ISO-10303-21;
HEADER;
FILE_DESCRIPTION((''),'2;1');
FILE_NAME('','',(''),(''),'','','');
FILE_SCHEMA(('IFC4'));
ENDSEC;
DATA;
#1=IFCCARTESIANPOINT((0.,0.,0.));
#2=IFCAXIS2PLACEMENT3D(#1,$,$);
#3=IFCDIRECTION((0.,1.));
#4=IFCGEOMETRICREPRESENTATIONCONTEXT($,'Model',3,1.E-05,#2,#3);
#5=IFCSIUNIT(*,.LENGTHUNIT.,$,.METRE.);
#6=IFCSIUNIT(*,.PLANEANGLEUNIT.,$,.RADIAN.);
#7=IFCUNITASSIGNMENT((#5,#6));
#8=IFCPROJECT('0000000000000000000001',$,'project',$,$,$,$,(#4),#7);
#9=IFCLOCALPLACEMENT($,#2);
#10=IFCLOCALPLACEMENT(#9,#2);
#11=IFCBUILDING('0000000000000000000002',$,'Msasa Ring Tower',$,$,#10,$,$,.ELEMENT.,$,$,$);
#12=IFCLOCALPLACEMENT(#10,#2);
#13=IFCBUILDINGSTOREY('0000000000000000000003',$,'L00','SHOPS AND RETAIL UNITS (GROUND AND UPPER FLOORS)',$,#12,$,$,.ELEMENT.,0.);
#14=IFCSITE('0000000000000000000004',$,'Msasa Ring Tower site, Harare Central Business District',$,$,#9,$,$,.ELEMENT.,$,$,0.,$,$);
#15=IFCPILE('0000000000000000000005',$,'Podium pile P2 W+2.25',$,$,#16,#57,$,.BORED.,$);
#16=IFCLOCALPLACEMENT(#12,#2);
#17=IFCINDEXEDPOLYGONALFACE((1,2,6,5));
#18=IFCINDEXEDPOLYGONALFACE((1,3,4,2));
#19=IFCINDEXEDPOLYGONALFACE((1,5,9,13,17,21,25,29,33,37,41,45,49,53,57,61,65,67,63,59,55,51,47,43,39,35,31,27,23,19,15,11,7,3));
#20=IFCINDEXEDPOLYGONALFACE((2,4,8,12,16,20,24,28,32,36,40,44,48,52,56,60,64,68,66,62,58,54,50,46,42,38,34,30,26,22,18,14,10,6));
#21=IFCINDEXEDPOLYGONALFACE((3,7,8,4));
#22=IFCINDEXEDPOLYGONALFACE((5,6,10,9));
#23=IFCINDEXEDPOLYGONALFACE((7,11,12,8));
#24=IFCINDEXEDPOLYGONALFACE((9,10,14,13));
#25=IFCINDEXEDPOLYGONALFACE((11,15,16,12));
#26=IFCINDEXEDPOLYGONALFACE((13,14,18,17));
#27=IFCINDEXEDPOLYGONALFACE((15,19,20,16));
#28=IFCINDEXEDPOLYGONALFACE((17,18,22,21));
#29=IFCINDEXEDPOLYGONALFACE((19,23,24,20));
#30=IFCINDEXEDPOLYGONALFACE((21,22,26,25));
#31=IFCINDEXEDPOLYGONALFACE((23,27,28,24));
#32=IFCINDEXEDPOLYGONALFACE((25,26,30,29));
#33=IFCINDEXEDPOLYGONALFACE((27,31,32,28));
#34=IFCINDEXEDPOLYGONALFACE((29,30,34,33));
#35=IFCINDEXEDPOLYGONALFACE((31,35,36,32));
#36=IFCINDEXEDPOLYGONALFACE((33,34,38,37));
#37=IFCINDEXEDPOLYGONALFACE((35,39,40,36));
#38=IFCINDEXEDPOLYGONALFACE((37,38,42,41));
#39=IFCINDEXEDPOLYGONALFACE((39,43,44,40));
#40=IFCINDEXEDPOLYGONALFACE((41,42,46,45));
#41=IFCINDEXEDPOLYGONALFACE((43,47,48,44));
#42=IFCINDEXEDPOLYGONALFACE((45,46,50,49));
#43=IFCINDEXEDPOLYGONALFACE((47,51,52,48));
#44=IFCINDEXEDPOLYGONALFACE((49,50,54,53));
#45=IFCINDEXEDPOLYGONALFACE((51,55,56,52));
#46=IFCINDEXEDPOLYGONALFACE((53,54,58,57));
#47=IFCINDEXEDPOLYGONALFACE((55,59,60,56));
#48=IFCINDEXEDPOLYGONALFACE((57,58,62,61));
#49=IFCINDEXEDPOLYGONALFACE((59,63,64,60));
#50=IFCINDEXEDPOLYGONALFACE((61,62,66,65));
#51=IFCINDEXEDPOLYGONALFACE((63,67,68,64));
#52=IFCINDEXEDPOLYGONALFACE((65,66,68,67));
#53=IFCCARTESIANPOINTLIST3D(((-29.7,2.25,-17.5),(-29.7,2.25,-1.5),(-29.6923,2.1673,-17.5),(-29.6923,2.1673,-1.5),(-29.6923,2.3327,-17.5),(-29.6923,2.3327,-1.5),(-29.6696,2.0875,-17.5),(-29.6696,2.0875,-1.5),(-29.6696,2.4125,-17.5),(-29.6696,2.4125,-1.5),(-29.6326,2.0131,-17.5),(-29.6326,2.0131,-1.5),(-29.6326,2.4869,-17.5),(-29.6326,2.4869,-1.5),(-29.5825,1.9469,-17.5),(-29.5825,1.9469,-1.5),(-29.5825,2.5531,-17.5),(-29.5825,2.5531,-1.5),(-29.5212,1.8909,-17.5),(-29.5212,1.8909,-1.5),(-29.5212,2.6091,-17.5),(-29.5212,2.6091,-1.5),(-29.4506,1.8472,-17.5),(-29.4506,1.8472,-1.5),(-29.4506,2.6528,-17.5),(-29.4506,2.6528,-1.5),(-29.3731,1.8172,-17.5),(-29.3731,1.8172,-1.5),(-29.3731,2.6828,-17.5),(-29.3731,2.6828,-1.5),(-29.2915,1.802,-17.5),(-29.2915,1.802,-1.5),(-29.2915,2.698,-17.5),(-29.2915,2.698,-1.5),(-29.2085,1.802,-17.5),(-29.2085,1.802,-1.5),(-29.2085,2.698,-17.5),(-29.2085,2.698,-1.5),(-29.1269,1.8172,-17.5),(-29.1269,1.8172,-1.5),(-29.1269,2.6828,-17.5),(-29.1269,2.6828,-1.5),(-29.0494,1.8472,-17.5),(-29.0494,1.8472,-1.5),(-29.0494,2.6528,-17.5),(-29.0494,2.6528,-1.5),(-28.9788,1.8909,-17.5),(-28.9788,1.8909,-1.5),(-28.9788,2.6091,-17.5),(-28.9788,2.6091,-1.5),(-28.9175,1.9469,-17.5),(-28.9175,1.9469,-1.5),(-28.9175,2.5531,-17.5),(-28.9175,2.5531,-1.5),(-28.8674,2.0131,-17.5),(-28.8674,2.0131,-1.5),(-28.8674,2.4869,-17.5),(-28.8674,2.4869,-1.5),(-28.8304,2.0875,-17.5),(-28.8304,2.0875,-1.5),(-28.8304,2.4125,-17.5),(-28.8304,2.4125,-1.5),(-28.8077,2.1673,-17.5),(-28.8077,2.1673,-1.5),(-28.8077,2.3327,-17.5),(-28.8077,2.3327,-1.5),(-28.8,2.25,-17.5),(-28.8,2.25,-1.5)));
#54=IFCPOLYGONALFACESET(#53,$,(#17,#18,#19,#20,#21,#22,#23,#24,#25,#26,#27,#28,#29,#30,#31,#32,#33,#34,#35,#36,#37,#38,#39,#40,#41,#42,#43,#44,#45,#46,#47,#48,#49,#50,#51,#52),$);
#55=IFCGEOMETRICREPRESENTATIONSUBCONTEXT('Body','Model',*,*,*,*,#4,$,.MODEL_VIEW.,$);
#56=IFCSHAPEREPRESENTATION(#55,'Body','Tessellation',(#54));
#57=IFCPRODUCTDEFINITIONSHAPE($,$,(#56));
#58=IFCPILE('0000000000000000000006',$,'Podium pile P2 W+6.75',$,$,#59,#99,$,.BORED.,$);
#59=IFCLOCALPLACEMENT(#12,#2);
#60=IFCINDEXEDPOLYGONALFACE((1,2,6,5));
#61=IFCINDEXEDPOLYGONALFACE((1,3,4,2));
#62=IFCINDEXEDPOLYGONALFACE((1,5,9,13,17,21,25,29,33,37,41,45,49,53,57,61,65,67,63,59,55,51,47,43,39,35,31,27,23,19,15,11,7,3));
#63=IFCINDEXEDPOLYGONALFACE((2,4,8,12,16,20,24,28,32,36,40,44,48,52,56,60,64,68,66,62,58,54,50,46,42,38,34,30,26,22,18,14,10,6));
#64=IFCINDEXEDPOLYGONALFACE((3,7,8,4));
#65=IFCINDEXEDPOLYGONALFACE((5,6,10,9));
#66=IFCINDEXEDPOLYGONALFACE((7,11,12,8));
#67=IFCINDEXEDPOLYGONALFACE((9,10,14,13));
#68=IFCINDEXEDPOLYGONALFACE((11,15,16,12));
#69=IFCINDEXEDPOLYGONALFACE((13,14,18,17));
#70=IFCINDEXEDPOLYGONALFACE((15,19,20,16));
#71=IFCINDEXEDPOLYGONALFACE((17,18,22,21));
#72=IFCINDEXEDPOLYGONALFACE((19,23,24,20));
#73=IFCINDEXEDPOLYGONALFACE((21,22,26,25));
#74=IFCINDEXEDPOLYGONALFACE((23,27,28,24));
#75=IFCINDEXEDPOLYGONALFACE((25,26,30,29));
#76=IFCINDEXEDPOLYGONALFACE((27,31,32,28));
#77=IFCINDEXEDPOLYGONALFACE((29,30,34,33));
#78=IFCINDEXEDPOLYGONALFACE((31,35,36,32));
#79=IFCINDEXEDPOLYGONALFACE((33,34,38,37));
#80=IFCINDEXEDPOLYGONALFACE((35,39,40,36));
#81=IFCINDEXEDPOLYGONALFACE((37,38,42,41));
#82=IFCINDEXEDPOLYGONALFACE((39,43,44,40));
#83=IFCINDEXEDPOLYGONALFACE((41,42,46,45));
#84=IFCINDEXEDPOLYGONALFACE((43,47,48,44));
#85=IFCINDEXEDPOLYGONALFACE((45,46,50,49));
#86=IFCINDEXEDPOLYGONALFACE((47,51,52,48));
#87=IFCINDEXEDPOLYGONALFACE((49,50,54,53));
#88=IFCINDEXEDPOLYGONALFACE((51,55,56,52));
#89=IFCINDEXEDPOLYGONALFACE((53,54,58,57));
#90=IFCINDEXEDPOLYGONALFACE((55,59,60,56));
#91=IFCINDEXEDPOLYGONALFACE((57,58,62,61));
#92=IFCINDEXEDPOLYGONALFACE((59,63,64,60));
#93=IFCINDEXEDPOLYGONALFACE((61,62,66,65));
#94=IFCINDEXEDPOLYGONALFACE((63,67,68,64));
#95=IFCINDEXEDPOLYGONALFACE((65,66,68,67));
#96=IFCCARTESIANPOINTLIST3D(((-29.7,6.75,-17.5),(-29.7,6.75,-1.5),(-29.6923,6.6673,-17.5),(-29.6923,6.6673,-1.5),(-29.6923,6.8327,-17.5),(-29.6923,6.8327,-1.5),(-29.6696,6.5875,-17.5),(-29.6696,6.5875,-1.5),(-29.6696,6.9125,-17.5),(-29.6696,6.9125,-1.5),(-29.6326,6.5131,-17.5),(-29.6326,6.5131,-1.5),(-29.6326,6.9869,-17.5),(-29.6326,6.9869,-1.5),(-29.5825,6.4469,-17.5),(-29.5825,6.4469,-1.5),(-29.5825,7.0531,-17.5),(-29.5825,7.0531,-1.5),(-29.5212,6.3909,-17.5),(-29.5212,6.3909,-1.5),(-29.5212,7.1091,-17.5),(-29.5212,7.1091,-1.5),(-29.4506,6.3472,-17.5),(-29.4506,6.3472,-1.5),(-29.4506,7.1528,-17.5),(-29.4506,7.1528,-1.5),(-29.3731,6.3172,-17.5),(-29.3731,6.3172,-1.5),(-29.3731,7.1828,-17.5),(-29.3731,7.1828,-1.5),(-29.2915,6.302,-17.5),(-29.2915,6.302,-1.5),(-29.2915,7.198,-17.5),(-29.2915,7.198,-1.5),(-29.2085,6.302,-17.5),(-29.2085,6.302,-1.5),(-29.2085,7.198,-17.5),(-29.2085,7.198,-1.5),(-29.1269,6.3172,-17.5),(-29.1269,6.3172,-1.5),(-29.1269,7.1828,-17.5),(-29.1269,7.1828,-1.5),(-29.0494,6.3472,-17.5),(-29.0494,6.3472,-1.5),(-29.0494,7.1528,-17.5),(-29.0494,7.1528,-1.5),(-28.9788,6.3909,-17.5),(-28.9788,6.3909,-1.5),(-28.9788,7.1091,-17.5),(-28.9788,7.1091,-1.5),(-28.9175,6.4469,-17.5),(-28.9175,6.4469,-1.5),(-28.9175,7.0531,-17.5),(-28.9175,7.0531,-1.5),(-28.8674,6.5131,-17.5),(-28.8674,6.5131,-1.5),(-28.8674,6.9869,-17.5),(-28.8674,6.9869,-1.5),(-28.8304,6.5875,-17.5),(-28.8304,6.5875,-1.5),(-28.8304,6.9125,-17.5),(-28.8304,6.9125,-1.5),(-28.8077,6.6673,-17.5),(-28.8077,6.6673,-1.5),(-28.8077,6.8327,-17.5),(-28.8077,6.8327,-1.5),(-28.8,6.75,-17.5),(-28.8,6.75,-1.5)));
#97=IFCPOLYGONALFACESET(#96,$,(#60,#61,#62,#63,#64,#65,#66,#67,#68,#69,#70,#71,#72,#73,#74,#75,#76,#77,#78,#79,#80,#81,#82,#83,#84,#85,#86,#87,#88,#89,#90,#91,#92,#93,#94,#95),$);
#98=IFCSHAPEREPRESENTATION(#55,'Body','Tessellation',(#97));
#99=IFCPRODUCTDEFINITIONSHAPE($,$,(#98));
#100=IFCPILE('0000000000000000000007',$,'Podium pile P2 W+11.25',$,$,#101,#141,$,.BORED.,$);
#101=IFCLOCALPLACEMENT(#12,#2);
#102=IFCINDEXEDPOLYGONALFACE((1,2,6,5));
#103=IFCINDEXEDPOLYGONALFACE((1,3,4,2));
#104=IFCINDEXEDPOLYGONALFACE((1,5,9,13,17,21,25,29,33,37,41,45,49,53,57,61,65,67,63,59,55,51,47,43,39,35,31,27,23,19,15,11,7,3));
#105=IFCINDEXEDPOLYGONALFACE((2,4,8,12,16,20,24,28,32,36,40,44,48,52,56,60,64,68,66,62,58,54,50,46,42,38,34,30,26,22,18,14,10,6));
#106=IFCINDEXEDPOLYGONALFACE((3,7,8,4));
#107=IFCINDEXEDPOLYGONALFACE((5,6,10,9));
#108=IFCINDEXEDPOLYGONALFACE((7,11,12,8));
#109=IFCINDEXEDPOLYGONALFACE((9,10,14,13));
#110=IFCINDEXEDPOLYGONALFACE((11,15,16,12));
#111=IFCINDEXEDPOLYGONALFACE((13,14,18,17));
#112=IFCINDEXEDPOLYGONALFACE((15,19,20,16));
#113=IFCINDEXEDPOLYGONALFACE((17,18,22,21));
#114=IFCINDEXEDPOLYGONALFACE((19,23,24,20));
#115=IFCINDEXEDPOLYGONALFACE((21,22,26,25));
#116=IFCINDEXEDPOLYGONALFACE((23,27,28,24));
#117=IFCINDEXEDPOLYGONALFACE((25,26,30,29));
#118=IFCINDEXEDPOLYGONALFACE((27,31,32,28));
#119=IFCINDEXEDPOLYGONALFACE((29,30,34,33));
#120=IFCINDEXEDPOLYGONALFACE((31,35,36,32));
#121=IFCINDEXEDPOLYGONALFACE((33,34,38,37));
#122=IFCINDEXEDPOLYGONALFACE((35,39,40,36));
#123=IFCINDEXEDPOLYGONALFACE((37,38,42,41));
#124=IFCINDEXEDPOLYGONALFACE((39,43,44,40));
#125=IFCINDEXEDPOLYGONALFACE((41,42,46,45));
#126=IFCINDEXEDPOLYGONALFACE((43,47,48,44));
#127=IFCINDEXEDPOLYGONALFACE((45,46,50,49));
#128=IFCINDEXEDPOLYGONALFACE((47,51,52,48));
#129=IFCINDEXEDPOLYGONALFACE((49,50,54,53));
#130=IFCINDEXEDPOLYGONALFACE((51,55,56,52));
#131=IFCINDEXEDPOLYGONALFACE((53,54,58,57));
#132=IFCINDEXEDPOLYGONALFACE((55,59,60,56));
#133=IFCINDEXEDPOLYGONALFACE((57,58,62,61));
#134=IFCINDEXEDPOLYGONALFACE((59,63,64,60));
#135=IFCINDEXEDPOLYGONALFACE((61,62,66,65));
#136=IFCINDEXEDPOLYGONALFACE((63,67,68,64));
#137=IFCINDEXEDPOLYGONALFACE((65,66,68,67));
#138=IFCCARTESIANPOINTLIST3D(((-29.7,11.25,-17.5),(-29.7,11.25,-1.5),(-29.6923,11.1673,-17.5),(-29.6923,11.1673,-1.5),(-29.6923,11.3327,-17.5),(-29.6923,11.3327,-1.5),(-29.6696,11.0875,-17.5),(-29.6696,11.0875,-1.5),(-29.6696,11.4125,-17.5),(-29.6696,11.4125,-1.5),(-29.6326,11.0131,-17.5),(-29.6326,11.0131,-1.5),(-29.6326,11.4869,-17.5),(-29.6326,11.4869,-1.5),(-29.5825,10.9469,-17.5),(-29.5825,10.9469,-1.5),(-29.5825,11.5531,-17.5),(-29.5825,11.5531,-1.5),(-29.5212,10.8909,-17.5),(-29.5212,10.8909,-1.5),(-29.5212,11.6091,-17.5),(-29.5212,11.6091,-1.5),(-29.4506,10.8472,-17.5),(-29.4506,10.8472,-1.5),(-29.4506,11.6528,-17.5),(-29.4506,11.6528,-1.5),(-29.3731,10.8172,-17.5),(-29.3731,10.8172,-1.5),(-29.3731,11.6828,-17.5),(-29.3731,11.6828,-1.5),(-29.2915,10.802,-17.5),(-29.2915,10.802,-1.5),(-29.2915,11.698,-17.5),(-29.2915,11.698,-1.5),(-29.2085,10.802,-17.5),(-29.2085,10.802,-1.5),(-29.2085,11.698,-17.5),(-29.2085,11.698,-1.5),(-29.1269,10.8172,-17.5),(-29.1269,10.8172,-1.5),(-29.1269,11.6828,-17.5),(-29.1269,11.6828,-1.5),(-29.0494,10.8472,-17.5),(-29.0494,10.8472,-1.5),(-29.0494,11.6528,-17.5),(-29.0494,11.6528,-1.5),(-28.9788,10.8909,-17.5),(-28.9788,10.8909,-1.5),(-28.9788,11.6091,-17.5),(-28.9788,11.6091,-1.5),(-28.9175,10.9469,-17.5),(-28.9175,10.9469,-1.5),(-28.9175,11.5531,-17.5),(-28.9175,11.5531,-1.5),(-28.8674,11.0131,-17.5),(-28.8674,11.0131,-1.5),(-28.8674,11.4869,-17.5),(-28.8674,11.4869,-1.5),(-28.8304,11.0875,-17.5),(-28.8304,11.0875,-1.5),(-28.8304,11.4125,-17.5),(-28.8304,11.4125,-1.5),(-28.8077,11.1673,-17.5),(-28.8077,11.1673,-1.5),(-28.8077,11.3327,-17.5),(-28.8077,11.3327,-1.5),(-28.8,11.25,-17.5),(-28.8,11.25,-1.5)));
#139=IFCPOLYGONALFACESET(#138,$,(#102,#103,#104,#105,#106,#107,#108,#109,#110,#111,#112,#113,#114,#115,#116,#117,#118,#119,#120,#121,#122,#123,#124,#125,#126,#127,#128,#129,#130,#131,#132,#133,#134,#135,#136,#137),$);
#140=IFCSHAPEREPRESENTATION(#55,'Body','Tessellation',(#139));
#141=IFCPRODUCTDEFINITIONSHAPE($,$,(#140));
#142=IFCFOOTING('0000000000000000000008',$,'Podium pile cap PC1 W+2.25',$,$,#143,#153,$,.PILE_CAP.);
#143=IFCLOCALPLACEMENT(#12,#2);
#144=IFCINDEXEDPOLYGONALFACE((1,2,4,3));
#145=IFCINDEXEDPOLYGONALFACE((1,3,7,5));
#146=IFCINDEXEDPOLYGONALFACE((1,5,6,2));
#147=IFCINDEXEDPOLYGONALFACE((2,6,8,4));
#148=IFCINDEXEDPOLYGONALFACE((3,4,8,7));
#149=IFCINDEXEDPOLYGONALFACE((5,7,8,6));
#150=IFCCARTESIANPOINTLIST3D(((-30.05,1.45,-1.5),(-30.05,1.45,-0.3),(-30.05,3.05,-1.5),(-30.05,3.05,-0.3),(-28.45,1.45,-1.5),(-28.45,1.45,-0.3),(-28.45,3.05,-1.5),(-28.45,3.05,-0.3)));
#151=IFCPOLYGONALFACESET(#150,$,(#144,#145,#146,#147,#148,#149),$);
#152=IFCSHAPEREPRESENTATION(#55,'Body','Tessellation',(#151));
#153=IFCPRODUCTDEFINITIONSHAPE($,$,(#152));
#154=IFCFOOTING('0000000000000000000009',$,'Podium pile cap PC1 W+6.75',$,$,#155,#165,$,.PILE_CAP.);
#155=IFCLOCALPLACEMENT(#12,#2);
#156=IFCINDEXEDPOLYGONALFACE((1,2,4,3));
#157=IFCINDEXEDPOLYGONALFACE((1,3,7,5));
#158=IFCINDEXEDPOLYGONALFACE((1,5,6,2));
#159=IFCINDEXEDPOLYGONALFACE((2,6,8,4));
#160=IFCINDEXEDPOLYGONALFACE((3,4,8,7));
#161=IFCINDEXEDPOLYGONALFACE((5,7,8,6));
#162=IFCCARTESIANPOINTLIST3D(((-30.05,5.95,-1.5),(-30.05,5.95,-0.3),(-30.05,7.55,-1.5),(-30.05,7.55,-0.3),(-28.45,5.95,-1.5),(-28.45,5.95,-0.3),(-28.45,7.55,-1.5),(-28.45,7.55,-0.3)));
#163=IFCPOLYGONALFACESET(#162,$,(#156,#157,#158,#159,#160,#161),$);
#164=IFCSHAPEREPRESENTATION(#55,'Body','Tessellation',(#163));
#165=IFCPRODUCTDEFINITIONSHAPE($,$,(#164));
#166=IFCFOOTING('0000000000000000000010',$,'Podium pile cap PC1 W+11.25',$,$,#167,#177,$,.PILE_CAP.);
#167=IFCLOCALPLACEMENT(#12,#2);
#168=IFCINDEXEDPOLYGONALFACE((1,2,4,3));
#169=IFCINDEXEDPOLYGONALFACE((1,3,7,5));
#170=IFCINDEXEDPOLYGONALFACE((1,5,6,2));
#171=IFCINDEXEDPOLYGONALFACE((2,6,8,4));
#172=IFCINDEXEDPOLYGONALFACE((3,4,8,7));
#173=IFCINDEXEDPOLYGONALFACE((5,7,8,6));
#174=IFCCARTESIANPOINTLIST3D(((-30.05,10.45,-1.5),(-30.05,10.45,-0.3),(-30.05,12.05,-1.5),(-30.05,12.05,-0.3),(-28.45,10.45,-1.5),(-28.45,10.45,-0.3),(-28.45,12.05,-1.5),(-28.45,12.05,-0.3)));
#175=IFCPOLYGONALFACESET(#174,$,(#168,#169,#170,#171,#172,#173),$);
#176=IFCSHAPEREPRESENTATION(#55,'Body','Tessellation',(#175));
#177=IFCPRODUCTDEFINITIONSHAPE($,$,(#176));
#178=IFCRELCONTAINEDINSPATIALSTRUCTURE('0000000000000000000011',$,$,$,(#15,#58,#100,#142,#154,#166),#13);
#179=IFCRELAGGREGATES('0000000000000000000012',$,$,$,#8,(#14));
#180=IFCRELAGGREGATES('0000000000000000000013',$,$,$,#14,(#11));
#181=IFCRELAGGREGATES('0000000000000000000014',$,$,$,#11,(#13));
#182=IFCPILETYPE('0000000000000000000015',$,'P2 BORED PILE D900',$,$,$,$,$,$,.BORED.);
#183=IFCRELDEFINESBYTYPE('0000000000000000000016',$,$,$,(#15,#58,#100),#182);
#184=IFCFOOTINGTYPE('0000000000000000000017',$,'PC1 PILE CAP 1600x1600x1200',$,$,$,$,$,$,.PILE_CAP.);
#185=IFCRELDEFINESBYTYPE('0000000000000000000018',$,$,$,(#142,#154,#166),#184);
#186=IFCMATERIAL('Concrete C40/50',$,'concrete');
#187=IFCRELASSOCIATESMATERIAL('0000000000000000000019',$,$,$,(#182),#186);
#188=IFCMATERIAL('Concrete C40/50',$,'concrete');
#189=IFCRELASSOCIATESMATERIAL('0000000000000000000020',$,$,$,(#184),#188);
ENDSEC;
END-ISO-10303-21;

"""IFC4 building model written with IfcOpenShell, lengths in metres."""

from ifc_helpers import new_model, si_unit, direction, frame, origin, origin_2d, place, context, subcontext, project, spatial, rectangle, circle, extrude, material, material_profile, profile_set, type_object, element, save


model = new_model("IFC4")

# Units and contexts
model_context = context("Model", 3, precision=1e-05, world=origin(), true_north=direction((0.0, 1.0)))
body_context = subcontext(model_context, "Body", "Model", "MODEL_VIEW")
ifc_project = project(units=[si_unit("LENGTHUNIT", "METRE"), si_unit("PLANEANGLEUNIT", "RADIAN")], contexts=[model_context])

# Site, building, storey
site_placement = place(None, origin())
site = spatial("IfcSite", under=ifc_project, at=site_placement, Name="Msasa Ring Tower site, Harare Central Business District", CompositionType="ELEMENT", RefElevation=0.0)
building_placement = place(site_placement, origin())
building = spatial("IfcBuilding", under=site, at=building_placement, Name="Msasa Ring Tower", CompositionType="ELEMENT")
storey_placement = place(building_placement, origin())
storey = spatial("IfcBuildingStorey", under=building, at=storey_placement, Name="L00", Description="SHOPS AND RETAIL UNITS (GROUND AND UPPER FLOORS)", CompositionType="ELEMENT", Elevation=0.0)

# Piles
ifc_material_1 = material(Name="Concrete C40/50", Category="concrete")
ifc_material_profile_1 = material_profile(ifc_material_1, circle(Radius=0.45, at=origin_2d()), Name="D900")
ifc_profile_set_1 = profile_set([ifc_material_profile_1], Name="Concrete C40/50")
pile_type = type_object("IfcPileType", Name="P2 BORED PILE D900", PredefinedType="BORED", material=ifc_profile_set_1)
for number, where, z_axis, x_axis, name in (
    (1, (-29.25, 2.25, -1.5), (0.0, 0.0, -1.0), (1.0, 0.0, 0.0), "Podium pile P2 W+2.25"),
    (2, (-29.25, 6.75, -1.5), (0.0, 0.0, -1.0), (1.0, 0.0, 0.0), "Podium pile P2 W+6.75"),
    (3, (-29.25, 11.25, -1.5), (0.0, 0.0, -1.0), (1.0, 0.0, 0.0), "Podium pile P2 W+11.25"),
):
    element("IfcPile", number, at=place(storey_placement, frame(where, z_axis=z_axis, x_axis=x_axis)), inside=storey, type_object=pile_type, Name=name, PredefinedType="BORED", context=body_context, shape_type="SweptSolid", body=[
        extrude(circle(Radius=0.45, at=origin_2d()), origin(), (0.0, 0.0, 1.0), 16.0),
    ])

# Footings
ifc_material_2 = material(Name="Concrete C40/50", Category="concrete")
footing_type = type_object("IfcFootingType", Name="PC1 PILE CAP 1600x1600x1200", PredefinedType="PILE_CAP", material=ifc_material_2)
for number, where, z_axis, x_axis, name in (
    (4, (-29.25, 2.25, -1.5), (0.0, 0.0, 1.0), (1.0, 0.0, 0.0), "Podium pile cap PC1 W+2.25"),
    (5, (-29.25, 6.75, -1.5), (0.0, 0.0, 1.0), (1.0, 0.0, 0.0), "Podium pile cap PC1 W+6.75"),
    (6, (-29.25, 11.25, -1.5), (0.0, 0.0, 1.0), (1.0, 0.0, 0.0), "Podium pile cap PC1 W+11.25"),
):
    element("IfcFooting", number, at=place(storey_placement, frame(where, z_axis=z_axis, x_axis=x_axis)), inside=storey, type_object=footing_type, Name=name, PredefinedType="PILE_CAP", context=body_context, shape_type="SweptSolid", body=[
        extrude(rectangle(XDim=1.6001, YDim=1.6001, at=origin_2d()), origin(), (0.0, 0.0, 1.0), 1.2),
    ])

save(model, "model.ifc")
